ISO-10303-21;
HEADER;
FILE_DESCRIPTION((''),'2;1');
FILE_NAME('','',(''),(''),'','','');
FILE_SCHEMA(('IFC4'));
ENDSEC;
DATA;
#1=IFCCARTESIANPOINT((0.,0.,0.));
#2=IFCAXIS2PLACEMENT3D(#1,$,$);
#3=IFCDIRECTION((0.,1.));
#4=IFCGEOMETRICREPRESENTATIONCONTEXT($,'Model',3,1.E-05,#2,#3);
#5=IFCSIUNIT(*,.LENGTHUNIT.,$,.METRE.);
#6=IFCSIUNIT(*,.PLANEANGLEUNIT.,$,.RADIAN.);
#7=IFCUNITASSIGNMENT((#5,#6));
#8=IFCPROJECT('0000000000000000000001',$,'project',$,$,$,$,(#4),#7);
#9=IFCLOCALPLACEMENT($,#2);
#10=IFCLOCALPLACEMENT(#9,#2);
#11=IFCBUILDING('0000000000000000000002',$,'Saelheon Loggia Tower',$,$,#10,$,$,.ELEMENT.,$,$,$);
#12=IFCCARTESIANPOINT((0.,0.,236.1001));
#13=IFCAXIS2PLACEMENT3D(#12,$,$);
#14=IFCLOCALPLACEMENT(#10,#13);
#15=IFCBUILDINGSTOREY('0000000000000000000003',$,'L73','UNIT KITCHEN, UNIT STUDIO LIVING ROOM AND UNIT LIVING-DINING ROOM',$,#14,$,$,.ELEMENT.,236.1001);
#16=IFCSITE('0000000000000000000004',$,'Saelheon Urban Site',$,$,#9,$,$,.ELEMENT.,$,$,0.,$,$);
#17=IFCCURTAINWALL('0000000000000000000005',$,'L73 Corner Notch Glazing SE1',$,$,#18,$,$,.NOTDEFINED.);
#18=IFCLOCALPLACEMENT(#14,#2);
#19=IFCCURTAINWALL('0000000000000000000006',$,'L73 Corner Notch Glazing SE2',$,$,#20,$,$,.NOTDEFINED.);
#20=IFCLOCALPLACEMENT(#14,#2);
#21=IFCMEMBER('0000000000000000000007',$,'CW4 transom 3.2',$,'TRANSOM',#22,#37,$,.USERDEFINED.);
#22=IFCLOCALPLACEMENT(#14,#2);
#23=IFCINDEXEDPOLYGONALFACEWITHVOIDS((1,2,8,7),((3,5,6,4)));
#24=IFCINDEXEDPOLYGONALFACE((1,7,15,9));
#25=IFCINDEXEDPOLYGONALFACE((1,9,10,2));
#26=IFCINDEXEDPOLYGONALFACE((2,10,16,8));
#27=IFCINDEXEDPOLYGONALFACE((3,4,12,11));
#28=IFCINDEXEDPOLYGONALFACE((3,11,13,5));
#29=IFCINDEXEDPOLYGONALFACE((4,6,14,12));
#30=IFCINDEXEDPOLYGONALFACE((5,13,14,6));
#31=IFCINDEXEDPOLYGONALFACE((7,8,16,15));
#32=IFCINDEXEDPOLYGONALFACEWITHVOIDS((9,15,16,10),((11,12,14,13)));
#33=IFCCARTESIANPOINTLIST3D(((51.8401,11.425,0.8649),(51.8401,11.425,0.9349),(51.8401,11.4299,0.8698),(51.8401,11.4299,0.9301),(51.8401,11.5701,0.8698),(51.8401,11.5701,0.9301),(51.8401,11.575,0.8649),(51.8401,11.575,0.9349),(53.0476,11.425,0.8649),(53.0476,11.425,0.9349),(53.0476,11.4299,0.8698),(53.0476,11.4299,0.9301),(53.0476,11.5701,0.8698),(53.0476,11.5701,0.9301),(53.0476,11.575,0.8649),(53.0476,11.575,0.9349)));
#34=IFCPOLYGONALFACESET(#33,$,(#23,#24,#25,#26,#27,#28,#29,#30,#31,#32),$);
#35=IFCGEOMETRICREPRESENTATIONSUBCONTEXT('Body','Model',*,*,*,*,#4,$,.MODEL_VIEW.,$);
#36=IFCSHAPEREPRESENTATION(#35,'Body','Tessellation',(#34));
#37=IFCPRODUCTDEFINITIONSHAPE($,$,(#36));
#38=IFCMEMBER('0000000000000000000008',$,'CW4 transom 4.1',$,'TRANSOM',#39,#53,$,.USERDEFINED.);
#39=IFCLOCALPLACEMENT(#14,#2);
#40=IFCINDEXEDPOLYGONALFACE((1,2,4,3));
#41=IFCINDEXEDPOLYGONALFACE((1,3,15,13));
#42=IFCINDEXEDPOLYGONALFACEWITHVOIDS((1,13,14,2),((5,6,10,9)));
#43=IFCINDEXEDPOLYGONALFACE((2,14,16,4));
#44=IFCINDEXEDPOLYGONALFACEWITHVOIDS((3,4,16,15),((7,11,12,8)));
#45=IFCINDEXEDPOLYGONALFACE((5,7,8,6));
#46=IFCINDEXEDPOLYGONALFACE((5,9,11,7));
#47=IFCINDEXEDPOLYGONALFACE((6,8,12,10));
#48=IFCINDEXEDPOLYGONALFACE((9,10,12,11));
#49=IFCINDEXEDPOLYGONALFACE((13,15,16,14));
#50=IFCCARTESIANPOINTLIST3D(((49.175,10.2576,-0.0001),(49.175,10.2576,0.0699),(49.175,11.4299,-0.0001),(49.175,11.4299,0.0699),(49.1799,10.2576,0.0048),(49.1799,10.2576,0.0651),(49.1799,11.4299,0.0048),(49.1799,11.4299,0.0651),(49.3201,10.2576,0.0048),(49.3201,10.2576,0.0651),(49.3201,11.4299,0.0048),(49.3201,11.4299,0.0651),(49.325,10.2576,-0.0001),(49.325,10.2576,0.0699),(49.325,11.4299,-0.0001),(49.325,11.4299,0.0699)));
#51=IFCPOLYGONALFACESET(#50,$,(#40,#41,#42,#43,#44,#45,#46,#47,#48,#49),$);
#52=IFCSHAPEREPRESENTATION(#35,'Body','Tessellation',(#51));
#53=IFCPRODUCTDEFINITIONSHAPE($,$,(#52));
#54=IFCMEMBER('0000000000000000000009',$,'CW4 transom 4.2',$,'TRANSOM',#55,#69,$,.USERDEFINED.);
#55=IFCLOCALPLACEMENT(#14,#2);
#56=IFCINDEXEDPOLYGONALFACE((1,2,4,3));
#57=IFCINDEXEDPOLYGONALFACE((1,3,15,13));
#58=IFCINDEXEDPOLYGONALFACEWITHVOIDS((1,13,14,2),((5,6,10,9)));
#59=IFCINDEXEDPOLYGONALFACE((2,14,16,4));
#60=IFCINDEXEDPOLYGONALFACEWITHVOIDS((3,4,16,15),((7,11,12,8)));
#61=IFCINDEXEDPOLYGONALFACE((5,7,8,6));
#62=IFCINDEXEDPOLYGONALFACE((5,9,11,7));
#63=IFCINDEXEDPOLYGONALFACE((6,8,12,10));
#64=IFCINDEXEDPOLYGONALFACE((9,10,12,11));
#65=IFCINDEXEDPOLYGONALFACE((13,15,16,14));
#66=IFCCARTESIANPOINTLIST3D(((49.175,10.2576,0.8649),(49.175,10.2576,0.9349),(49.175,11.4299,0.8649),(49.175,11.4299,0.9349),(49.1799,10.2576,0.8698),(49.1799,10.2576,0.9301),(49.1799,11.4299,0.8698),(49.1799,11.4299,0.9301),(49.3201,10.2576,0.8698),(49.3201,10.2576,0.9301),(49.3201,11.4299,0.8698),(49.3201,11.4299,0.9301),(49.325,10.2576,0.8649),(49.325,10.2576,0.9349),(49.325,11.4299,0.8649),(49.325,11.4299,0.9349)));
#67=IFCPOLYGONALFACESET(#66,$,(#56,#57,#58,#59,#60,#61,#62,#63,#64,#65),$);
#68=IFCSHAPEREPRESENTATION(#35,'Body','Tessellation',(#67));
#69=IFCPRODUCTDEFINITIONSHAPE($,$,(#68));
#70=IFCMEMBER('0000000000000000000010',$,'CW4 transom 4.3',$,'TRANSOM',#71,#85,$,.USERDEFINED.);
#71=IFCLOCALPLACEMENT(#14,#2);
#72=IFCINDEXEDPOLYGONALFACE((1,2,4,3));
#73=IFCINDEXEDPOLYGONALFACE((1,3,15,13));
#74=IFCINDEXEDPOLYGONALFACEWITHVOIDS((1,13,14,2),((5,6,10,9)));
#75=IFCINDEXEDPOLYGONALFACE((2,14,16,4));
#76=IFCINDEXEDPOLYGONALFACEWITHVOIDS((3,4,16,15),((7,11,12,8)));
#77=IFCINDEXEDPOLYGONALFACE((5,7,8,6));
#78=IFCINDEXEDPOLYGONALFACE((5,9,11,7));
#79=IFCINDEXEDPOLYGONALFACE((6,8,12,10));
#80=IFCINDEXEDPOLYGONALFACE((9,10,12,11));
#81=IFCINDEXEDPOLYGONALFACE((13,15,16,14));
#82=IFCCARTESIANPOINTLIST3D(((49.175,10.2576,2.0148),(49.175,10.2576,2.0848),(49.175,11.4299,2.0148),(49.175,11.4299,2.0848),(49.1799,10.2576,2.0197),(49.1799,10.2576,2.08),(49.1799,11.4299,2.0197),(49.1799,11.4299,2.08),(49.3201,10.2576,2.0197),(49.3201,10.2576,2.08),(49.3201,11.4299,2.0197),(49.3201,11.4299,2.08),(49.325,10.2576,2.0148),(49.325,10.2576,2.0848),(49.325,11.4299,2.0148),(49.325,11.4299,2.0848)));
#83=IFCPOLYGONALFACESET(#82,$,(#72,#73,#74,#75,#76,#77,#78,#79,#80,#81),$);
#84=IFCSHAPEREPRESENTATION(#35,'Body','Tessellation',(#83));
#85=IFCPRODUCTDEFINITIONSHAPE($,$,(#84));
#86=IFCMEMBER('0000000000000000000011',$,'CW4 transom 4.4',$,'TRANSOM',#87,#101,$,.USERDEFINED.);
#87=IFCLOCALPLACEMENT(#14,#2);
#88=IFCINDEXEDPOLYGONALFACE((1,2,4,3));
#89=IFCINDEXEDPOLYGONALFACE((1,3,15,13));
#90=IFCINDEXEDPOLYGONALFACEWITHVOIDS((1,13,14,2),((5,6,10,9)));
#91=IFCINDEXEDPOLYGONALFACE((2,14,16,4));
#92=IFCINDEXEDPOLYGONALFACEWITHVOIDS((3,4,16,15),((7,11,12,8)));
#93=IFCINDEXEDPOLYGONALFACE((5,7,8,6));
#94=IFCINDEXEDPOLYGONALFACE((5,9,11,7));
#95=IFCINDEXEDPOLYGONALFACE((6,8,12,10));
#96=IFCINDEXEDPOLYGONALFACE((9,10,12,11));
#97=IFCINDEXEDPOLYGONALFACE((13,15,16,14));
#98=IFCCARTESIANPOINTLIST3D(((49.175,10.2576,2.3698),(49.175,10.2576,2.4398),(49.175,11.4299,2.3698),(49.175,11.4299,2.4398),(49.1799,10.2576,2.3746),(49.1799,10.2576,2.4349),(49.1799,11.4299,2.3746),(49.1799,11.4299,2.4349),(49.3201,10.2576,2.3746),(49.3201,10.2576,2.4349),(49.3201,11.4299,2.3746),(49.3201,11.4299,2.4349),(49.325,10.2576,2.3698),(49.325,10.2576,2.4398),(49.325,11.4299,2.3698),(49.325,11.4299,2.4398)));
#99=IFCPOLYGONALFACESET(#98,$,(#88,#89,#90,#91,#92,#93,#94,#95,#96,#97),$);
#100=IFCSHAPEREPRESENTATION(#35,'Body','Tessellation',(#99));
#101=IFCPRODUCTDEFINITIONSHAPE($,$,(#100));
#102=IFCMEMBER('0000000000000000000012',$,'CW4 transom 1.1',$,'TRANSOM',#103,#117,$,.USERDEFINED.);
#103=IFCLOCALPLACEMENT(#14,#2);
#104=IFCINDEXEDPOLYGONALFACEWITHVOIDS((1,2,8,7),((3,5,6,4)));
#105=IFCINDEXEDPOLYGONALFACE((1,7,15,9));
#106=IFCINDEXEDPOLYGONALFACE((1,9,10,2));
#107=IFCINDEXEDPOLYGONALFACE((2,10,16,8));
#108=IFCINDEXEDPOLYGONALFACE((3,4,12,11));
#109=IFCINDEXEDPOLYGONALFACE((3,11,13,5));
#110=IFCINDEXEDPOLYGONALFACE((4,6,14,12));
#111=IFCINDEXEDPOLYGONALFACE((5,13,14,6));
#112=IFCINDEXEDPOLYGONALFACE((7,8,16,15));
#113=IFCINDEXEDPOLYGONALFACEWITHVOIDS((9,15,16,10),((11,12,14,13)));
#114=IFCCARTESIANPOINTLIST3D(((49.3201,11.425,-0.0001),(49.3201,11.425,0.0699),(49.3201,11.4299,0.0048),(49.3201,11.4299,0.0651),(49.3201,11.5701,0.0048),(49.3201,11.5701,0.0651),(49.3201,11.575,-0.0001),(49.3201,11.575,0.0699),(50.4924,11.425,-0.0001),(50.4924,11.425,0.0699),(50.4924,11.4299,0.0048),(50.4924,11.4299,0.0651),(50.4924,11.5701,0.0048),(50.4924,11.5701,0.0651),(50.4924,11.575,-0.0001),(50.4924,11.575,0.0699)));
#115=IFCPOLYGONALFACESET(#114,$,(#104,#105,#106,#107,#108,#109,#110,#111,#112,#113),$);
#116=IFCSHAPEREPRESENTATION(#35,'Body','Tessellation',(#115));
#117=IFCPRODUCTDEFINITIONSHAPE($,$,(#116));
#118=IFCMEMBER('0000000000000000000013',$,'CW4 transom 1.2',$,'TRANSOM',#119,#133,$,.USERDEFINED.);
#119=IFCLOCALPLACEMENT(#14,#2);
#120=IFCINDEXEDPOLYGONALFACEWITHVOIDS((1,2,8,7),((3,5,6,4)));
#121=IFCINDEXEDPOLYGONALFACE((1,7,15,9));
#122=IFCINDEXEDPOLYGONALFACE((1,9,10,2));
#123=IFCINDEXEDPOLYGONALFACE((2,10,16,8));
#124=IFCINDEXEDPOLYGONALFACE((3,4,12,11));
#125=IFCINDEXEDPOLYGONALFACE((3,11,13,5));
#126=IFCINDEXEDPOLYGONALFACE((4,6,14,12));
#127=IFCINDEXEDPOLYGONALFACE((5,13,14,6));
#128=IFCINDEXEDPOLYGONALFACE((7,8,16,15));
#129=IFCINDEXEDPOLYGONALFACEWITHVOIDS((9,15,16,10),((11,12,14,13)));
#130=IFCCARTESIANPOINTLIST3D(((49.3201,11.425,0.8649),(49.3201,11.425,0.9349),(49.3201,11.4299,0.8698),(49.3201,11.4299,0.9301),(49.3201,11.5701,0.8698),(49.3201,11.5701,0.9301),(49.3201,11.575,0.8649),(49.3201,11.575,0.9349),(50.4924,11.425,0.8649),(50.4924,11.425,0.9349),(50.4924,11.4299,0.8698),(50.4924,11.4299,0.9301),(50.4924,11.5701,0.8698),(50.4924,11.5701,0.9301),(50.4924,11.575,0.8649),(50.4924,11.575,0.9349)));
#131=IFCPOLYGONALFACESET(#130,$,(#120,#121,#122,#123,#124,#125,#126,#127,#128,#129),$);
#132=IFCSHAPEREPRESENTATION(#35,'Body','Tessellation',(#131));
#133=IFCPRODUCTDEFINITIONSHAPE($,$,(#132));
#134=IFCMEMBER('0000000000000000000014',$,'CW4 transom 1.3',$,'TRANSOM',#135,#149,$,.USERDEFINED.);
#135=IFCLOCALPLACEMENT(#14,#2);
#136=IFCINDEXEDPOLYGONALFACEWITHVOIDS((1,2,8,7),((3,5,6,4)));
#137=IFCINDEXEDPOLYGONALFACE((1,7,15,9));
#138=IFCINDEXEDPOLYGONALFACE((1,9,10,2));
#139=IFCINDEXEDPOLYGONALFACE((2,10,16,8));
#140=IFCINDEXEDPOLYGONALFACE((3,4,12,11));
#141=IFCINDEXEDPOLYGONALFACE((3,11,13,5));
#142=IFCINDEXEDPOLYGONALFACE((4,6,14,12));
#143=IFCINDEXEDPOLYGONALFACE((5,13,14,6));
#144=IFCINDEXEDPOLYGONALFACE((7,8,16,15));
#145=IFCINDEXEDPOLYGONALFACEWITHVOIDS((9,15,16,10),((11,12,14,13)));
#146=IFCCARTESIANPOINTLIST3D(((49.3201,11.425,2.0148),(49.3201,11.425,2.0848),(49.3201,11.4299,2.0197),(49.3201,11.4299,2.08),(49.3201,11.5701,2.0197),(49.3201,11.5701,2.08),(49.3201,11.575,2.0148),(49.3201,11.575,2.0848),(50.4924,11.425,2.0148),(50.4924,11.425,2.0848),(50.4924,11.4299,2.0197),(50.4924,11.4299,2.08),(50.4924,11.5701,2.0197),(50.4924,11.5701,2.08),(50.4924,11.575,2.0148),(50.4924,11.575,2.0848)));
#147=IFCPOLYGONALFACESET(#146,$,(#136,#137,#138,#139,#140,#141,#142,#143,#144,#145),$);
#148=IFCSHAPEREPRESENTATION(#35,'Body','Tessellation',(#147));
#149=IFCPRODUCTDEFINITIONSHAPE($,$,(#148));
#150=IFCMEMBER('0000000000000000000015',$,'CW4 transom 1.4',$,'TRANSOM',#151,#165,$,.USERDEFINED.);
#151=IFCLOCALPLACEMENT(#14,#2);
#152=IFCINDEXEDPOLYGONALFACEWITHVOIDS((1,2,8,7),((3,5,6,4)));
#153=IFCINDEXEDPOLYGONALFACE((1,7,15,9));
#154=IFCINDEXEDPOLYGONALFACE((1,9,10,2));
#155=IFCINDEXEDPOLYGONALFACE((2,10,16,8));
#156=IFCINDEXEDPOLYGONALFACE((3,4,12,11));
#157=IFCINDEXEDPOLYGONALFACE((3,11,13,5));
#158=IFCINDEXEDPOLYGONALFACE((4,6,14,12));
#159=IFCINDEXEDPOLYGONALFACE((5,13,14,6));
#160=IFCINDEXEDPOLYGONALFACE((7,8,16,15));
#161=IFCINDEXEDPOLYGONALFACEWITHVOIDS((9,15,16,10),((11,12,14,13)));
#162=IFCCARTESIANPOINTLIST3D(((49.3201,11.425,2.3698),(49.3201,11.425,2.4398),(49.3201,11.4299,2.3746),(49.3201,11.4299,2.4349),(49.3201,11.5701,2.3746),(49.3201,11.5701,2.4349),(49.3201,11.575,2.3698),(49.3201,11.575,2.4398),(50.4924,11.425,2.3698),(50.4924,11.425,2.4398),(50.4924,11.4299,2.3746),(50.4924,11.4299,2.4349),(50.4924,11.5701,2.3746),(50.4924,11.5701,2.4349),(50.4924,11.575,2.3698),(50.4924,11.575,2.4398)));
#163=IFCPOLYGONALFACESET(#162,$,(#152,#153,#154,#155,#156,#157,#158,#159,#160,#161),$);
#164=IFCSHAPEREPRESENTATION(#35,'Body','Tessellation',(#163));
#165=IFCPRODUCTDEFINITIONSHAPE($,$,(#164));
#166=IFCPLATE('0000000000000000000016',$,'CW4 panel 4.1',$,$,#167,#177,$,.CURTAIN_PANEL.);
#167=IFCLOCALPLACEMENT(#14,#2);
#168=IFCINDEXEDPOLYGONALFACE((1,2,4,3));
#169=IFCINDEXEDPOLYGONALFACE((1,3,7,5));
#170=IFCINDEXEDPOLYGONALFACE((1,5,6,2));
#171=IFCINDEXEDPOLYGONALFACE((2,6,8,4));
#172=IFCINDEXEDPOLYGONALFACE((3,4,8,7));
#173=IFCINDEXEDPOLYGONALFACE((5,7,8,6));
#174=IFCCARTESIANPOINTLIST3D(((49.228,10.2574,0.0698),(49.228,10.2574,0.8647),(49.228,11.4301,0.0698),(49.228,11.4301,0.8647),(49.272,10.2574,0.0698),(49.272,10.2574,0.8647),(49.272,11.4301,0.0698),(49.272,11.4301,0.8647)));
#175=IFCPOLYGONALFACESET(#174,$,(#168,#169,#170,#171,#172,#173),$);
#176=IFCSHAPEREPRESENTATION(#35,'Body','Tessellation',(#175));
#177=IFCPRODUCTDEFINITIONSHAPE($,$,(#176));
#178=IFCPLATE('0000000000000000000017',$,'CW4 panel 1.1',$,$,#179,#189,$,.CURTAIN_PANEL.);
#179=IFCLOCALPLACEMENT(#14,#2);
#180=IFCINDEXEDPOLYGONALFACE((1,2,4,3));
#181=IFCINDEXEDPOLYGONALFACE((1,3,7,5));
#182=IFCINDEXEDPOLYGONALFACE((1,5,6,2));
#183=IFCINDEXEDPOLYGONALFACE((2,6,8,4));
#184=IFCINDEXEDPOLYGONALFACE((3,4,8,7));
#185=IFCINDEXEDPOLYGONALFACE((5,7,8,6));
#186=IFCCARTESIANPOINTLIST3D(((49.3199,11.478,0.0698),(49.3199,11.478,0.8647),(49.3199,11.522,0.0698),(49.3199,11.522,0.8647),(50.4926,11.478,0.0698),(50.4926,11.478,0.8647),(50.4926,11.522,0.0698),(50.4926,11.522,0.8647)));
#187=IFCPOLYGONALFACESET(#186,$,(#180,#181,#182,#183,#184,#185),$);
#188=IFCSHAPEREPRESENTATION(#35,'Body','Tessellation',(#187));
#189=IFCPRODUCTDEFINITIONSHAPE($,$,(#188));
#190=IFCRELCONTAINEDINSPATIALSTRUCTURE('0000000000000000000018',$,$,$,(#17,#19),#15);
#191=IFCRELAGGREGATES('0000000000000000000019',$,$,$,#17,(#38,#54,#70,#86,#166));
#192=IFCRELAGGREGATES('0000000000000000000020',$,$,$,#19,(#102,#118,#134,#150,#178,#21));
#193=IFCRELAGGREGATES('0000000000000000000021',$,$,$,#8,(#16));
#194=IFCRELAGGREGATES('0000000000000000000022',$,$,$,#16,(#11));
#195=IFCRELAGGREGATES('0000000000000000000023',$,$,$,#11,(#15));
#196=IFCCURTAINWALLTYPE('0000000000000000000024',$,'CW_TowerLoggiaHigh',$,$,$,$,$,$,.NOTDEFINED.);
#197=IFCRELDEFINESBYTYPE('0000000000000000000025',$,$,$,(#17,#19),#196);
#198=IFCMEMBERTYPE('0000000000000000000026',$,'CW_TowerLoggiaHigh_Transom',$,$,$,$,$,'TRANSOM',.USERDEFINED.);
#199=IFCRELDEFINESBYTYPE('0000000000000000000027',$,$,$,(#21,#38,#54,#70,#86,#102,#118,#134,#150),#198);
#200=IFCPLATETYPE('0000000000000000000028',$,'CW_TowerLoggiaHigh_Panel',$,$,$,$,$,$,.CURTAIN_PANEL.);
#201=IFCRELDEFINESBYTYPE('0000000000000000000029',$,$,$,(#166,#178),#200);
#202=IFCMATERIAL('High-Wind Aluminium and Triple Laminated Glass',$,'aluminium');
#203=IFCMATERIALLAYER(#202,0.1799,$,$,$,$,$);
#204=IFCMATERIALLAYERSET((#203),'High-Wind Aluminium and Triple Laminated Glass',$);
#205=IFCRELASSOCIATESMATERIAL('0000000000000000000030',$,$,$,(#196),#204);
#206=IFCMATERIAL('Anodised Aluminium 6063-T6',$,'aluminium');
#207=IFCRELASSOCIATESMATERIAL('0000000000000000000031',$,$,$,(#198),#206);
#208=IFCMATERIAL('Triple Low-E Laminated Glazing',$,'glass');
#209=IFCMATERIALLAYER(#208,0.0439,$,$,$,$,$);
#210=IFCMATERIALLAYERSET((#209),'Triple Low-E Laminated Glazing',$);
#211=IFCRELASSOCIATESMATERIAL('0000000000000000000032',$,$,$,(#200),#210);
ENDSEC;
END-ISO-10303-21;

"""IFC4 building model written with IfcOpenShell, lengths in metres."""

from ifc_helpers import new_model, si_unit, direction, frame, origin, origin_2d, place, context, subcontext, project, spatial, rectangle, hollow_rectangle, extrude, source, transform, mapped, material, layer, layer_set, material_profile, profile_set, type_object, element, aggregate, save


model = new_model("IFC4")

# Units and contexts
model_context = context("Model", 3, precision=1e-05, world=origin(), true_north=direction((0.0, 1.0)))
body_context = subcontext(model_context, "Body", "Model", "MODEL_VIEW")
ifc_project = project(units=[si_unit("LENGTHUNIT", "METRE"), si_unit("PLANEANGLEUNIT", "RADIAN")], contexts=[model_context])

# Site, building, storey
site_placement = place(None, origin())
site = spatial("IfcSite", under=ifc_project, at=site_placement, Name="Saelheon Urban Site", CompositionType="ELEMENT", RefElevation=0.0)
building_placement = place(site_placement, origin())
building = spatial("IfcBuilding", under=site, at=building_placement, Name="Saelheon Loggia Tower", CompositionType="ELEMENT")
storey_placement = place(building_placement, frame((0.0, 0.0, 236.1001)))
storey = spatial("IfcBuildingStorey", under=building, at=storey_placement, Name="L73", Description="UNIT KITCHEN, UNIT STUDIO LIVING ROOM AND UNIT LIVING-DINING ROOM", CompositionType="ELEMENT", Elevation=236.1001)

# Curtain walls
ifc_material_1 = material(Name="High-Wind Aluminium and Triple Laminated Glass", Category="aluminium")
ifc_layer_1 = layer(ifc_material_1, 0.1799)
ifc_layer_set_1 = layer_set([ifc_layer_1], Name="High-Wind Aluminium and Triple Laminated Glass")
curtain_wall_type = type_object("IfcCurtainWallType", Name="CW_TowerLoggiaHigh", PredefinedType="NOTDEFINED", material=ifc_layer_set_1)
curtain_wall_1_placement = place(storey_placement, origin())
curtain_wall_1 = element("IfcCurtainWall", 1, at=curtain_wall_1_placement, inside=storey, type_object=curtain_wall_type, Name="L73 Corner Notch Glazing SE1", PredefinedType="NOTDEFINED")
ifc_material_2 = material(Name="Anodised Aluminium 6063-T6", Category="aluminium")
curtain_wall_2_placement = place(storey_placement, origin())
curtain_wall_2 = element("IfcCurtainWall", 2, at=curtain_wall_2_placement, inside=storey, type_object=curtain_wall_type, Name="L73 Corner Notch Glazing SE2", PredefinedType="NOTDEFINED")

# Members
ifc_material_profile_1 = material_profile(ifc_material_2, hollow_rectangle(XDim=0.0701, YDim=0.1499, WallThickness=0.0049, at=origin_2d()), Name="RHS-150x70x5")
ifc_profile_set_1 = profile_set([ifc_material_profile_1], Name="Anodised Aluminium 6063-T6")
member_type_1 = type_object("IfcMemberType", Name="CW_TowerLoggiaHigh_Transom", ElementType="TRANSOM", PredefinedType="USERDEFINED", material=ifc_profile_set_1)
shared_shape_1 = source(origin(), body_context, "Body", "SweptSolid", [
    extrude(hollow_rectangle(XDim=0.0701, YDim=0.1499, WallThickness=0.0049, at=origin_2d()), origin(), (0.0, 0.0, 1.0), 1.2075),
])
member_1_placement = place(storey_placement, frame((51.8401, 11.5, 0.8999), z_axis=(1.0, 0.0, 0.0), x_axis=(0.0, 0.0, 1.0)))
member_1 = element("IfcMember", 3, at=member_1_placement, type_object=member_type_1, Name="CW4 transom 3.2", ObjectType="TRANSOM", PredefinedType="USERDEFINED", context=body_context, shape_type="MappedRepresentation", body=[
    mapped(shared_shape_1, transform((0.0, 0.0, 0.0), scale=1.0)),
])
shared_shape_2 = source(origin(), body_context, "Body", "SweptSolid", [
    extrude(hollow_rectangle(XDim=0.0701, YDim=0.1499, WallThickness=0.0049, at=origin_2d()), origin(), (0.0, 0.0, 1.0), 1.1724),
])
member_2_placement = place(storey_placement, frame((49.25, 10.2576, 0.0349), z_axis=(0.0, 1.0, 0.0), x_axis=(0.0, 0.0, 1.0)))
member_2 = element("IfcMember", 4, at=member_2_placement, type_object=member_type_1, Name="CW4 transom 4.1", ObjectType="TRANSOM", PredefinedType="USERDEFINED", context=body_context, shape_type="MappedRepresentation", body=[
    mapped(shared_shape_2, transform((0.0, 0.0, 0.0), scale=1.0)),
])
member_3_placement = place(storey_placement, frame((49.25, 10.2576, 0.8999), z_axis=(0.0, 1.0, 0.0), x_axis=(0.0, 0.0, 1.0)))
member_3 = element("IfcMember", 5, at=member_3_placement, type_object=member_type_1, Name="CW4 transom 4.2", ObjectType="TRANSOM", PredefinedType="USERDEFINED", context=body_context, shape_type="MappedRepresentation", body=[
    mapped(shared_shape_2, transform((0.0, 0.0, 0.0), scale=1.0)),
])
member_4_placement = place(storey_placement, frame((49.25, 10.2576, 2.0498), z_axis=(0.0, 1.0, 0.0), x_axis=(0.0, 0.0, 1.0)))
member_4 = element("IfcMember", 6, at=member_4_placement, type_object=member_type_1, Name="CW4 transom 4.3", ObjectType="TRANSOM", PredefinedType="USERDEFINED", context=body_context, shape_type="MappedRepresentation", body=[
    mapped(shared_shape_2, transform((0.0, 0.0, 0.0), scale=1.0)),
])
member_5_placement = place(storey_placement, frame((49.25, 10.2576, 2.4048), z_axis=(0.0, 1.0, 0.0), x_axis=(0.0, 0.0, 1.0)))
member_5 = element("IfcMember", 7, at=member_5_placement, type_object=member_type_1, Name="CW4 transom 4.4", ObjectType="TRANSOM", PredefinedType="USERDEFINED", context=body_context, shape_type="MappedRepresentation", body=[
    mapped(shared_shape_2, transform((0.0, 0.0, 0.0), scale=1.0)),
])
member_6_placement = place(storey_placement, frame((49.3201, 11.5, 0.0349), z_axis=(1.0, 0.0, 0.0), x_axis=(0.0, 0.0, 1.0)))
member_6 = element("IfcMember", 8, at=member_6_placement, type_object=member_type_1, Name="CW4 transom 1.1", ObjectType="TRANSOM", PredefinedType="USERDEFINED", context=body_context, shape_type="MappedRepresentation", body=[
    mapped(shared_shape_2, transform((0.0, 0.0, 0.0), scale=1.0)),
])
member_7_placement = place(storey_placement, frame((49.3201, 11.5, 0.8999), z_axis=(1.0, 0.0, 0.0), x_axis=(0.0, 0.0, 1.0)))
member_7 = element("IfcMember", 9, at=member_7_placement, type_object=member_type_1, Name="CW4 transom 1.2", ObjectType="TRANSOM", PredefinedType="USERDEFINED", context=body_context, shape_type="MappedRepresentation", body=[
    mapped(shared_shape_2, transform((0.0, 0.0, 0.0), scale=1.0)),
])
member_8_placement = place(storey_placement, frame((49.3201, 11.5, 2.0498), z_axis=(1.0, 0.0, 0.0), x_axis=(0.0, 0.0, 1.0)))
member_8 = element("IfcMember", 10, at=member_8_placement, type_object=member_type_1, Name="CW4 transom 1.3", ObjectType="TRANSOM", PredefinedType="USERDEFINED", context=body_context, shape_type="MappedRepresentation", body=[
    mapped(shared_shape_2, transform((0.0, 0.0, 0.0), scale=1.0)),
])
member_9_placement = place(storey_placement, frame((49.3201, 11.5, 2.4048), z_axis=(1.0, 0.0, 0.0), x_axis=(0.0, 0.0, 1.0)))
member_9 = element("IfcMember", 11, at=member_9_placement, type_object=member_type_1, Name="CW4 transom 1.4", ObjectType="TRANSOM", PredefinedType="USERDEFINED", context=body_context, shape_type="MappedRepresentation", body=[
    mapped(shared_shape_2, transform((0.0, 0.0, 0.0), scale=1.0)),
])

# Plates
ifc_material_3 = material(Name="Triple Low-E Laminated Glazing", Category="glass")
ifc_layer_2 = layer(ifc_material_3, 0.0439)
ifc_layer_set_2 = layer_set([ifc_layer_2], Name="Triple Low-E Laminated Glazing")
plate_type = type_object("IfcPlateType", Name="CW_TowerLoggiaHigh_Panel", PredefinedType="CURTAIN_PANEL", material=ifc_layer_set_2)
shared_shape_3 = source(origin(), body_context, "Body", "SweptSolid", [
    extrude(rectangle(XDim=1.1726, YDim=0.0439, at=origin_2d()), origin(), (0.0, 0.0, 1.0), 0.7949),
])
plate_1_placement = place(storey_placement, frame((49.25, 10.8438, 0.0698), z_axis=(0.0, 0.0, 1.0), x_axis=(0.0, 1.0, 0.0)))
plate_1 = element("IfcPlate", 12, at=plate_1_placement, type_object=plate_type, Name="CW4 panel 4.1", PredefinedType="CURTAIN_PANEL", context=body_context, shape_type="MappedRepresentation", body=[
    mapped(shared_shape_3, transform((0.0, 0.0, 0.0), scale=1.0)),
])
plate_2_placement = place(storey_placement, frame((49.9062, 11.5, 0.0698), z_axis=(0.0, 0.0, 1.0), x_axis=(1.0, 0.0, 0.0)))
plate_2 = element("IfcPlate", 13, at=plate_2_placement, type_object=plate_type, Name="CW4 panel 1.1", PredefinedType="CURTAIN_PANEL", context=body_context, shape_type="MappedRepresentation", body=[
    mapped(shared_shape_3, transform((0.0, 0.0, 0.0), scale=1.0)),
])
aggregate(curtain_wall_1, [member_2, member_3, member_4, member_5, plate_1])
aggregate(curtain_wall_2, [member_6, member_7, member_8, member_9, plate_2, member_1])

save(model, "model.ifc")
